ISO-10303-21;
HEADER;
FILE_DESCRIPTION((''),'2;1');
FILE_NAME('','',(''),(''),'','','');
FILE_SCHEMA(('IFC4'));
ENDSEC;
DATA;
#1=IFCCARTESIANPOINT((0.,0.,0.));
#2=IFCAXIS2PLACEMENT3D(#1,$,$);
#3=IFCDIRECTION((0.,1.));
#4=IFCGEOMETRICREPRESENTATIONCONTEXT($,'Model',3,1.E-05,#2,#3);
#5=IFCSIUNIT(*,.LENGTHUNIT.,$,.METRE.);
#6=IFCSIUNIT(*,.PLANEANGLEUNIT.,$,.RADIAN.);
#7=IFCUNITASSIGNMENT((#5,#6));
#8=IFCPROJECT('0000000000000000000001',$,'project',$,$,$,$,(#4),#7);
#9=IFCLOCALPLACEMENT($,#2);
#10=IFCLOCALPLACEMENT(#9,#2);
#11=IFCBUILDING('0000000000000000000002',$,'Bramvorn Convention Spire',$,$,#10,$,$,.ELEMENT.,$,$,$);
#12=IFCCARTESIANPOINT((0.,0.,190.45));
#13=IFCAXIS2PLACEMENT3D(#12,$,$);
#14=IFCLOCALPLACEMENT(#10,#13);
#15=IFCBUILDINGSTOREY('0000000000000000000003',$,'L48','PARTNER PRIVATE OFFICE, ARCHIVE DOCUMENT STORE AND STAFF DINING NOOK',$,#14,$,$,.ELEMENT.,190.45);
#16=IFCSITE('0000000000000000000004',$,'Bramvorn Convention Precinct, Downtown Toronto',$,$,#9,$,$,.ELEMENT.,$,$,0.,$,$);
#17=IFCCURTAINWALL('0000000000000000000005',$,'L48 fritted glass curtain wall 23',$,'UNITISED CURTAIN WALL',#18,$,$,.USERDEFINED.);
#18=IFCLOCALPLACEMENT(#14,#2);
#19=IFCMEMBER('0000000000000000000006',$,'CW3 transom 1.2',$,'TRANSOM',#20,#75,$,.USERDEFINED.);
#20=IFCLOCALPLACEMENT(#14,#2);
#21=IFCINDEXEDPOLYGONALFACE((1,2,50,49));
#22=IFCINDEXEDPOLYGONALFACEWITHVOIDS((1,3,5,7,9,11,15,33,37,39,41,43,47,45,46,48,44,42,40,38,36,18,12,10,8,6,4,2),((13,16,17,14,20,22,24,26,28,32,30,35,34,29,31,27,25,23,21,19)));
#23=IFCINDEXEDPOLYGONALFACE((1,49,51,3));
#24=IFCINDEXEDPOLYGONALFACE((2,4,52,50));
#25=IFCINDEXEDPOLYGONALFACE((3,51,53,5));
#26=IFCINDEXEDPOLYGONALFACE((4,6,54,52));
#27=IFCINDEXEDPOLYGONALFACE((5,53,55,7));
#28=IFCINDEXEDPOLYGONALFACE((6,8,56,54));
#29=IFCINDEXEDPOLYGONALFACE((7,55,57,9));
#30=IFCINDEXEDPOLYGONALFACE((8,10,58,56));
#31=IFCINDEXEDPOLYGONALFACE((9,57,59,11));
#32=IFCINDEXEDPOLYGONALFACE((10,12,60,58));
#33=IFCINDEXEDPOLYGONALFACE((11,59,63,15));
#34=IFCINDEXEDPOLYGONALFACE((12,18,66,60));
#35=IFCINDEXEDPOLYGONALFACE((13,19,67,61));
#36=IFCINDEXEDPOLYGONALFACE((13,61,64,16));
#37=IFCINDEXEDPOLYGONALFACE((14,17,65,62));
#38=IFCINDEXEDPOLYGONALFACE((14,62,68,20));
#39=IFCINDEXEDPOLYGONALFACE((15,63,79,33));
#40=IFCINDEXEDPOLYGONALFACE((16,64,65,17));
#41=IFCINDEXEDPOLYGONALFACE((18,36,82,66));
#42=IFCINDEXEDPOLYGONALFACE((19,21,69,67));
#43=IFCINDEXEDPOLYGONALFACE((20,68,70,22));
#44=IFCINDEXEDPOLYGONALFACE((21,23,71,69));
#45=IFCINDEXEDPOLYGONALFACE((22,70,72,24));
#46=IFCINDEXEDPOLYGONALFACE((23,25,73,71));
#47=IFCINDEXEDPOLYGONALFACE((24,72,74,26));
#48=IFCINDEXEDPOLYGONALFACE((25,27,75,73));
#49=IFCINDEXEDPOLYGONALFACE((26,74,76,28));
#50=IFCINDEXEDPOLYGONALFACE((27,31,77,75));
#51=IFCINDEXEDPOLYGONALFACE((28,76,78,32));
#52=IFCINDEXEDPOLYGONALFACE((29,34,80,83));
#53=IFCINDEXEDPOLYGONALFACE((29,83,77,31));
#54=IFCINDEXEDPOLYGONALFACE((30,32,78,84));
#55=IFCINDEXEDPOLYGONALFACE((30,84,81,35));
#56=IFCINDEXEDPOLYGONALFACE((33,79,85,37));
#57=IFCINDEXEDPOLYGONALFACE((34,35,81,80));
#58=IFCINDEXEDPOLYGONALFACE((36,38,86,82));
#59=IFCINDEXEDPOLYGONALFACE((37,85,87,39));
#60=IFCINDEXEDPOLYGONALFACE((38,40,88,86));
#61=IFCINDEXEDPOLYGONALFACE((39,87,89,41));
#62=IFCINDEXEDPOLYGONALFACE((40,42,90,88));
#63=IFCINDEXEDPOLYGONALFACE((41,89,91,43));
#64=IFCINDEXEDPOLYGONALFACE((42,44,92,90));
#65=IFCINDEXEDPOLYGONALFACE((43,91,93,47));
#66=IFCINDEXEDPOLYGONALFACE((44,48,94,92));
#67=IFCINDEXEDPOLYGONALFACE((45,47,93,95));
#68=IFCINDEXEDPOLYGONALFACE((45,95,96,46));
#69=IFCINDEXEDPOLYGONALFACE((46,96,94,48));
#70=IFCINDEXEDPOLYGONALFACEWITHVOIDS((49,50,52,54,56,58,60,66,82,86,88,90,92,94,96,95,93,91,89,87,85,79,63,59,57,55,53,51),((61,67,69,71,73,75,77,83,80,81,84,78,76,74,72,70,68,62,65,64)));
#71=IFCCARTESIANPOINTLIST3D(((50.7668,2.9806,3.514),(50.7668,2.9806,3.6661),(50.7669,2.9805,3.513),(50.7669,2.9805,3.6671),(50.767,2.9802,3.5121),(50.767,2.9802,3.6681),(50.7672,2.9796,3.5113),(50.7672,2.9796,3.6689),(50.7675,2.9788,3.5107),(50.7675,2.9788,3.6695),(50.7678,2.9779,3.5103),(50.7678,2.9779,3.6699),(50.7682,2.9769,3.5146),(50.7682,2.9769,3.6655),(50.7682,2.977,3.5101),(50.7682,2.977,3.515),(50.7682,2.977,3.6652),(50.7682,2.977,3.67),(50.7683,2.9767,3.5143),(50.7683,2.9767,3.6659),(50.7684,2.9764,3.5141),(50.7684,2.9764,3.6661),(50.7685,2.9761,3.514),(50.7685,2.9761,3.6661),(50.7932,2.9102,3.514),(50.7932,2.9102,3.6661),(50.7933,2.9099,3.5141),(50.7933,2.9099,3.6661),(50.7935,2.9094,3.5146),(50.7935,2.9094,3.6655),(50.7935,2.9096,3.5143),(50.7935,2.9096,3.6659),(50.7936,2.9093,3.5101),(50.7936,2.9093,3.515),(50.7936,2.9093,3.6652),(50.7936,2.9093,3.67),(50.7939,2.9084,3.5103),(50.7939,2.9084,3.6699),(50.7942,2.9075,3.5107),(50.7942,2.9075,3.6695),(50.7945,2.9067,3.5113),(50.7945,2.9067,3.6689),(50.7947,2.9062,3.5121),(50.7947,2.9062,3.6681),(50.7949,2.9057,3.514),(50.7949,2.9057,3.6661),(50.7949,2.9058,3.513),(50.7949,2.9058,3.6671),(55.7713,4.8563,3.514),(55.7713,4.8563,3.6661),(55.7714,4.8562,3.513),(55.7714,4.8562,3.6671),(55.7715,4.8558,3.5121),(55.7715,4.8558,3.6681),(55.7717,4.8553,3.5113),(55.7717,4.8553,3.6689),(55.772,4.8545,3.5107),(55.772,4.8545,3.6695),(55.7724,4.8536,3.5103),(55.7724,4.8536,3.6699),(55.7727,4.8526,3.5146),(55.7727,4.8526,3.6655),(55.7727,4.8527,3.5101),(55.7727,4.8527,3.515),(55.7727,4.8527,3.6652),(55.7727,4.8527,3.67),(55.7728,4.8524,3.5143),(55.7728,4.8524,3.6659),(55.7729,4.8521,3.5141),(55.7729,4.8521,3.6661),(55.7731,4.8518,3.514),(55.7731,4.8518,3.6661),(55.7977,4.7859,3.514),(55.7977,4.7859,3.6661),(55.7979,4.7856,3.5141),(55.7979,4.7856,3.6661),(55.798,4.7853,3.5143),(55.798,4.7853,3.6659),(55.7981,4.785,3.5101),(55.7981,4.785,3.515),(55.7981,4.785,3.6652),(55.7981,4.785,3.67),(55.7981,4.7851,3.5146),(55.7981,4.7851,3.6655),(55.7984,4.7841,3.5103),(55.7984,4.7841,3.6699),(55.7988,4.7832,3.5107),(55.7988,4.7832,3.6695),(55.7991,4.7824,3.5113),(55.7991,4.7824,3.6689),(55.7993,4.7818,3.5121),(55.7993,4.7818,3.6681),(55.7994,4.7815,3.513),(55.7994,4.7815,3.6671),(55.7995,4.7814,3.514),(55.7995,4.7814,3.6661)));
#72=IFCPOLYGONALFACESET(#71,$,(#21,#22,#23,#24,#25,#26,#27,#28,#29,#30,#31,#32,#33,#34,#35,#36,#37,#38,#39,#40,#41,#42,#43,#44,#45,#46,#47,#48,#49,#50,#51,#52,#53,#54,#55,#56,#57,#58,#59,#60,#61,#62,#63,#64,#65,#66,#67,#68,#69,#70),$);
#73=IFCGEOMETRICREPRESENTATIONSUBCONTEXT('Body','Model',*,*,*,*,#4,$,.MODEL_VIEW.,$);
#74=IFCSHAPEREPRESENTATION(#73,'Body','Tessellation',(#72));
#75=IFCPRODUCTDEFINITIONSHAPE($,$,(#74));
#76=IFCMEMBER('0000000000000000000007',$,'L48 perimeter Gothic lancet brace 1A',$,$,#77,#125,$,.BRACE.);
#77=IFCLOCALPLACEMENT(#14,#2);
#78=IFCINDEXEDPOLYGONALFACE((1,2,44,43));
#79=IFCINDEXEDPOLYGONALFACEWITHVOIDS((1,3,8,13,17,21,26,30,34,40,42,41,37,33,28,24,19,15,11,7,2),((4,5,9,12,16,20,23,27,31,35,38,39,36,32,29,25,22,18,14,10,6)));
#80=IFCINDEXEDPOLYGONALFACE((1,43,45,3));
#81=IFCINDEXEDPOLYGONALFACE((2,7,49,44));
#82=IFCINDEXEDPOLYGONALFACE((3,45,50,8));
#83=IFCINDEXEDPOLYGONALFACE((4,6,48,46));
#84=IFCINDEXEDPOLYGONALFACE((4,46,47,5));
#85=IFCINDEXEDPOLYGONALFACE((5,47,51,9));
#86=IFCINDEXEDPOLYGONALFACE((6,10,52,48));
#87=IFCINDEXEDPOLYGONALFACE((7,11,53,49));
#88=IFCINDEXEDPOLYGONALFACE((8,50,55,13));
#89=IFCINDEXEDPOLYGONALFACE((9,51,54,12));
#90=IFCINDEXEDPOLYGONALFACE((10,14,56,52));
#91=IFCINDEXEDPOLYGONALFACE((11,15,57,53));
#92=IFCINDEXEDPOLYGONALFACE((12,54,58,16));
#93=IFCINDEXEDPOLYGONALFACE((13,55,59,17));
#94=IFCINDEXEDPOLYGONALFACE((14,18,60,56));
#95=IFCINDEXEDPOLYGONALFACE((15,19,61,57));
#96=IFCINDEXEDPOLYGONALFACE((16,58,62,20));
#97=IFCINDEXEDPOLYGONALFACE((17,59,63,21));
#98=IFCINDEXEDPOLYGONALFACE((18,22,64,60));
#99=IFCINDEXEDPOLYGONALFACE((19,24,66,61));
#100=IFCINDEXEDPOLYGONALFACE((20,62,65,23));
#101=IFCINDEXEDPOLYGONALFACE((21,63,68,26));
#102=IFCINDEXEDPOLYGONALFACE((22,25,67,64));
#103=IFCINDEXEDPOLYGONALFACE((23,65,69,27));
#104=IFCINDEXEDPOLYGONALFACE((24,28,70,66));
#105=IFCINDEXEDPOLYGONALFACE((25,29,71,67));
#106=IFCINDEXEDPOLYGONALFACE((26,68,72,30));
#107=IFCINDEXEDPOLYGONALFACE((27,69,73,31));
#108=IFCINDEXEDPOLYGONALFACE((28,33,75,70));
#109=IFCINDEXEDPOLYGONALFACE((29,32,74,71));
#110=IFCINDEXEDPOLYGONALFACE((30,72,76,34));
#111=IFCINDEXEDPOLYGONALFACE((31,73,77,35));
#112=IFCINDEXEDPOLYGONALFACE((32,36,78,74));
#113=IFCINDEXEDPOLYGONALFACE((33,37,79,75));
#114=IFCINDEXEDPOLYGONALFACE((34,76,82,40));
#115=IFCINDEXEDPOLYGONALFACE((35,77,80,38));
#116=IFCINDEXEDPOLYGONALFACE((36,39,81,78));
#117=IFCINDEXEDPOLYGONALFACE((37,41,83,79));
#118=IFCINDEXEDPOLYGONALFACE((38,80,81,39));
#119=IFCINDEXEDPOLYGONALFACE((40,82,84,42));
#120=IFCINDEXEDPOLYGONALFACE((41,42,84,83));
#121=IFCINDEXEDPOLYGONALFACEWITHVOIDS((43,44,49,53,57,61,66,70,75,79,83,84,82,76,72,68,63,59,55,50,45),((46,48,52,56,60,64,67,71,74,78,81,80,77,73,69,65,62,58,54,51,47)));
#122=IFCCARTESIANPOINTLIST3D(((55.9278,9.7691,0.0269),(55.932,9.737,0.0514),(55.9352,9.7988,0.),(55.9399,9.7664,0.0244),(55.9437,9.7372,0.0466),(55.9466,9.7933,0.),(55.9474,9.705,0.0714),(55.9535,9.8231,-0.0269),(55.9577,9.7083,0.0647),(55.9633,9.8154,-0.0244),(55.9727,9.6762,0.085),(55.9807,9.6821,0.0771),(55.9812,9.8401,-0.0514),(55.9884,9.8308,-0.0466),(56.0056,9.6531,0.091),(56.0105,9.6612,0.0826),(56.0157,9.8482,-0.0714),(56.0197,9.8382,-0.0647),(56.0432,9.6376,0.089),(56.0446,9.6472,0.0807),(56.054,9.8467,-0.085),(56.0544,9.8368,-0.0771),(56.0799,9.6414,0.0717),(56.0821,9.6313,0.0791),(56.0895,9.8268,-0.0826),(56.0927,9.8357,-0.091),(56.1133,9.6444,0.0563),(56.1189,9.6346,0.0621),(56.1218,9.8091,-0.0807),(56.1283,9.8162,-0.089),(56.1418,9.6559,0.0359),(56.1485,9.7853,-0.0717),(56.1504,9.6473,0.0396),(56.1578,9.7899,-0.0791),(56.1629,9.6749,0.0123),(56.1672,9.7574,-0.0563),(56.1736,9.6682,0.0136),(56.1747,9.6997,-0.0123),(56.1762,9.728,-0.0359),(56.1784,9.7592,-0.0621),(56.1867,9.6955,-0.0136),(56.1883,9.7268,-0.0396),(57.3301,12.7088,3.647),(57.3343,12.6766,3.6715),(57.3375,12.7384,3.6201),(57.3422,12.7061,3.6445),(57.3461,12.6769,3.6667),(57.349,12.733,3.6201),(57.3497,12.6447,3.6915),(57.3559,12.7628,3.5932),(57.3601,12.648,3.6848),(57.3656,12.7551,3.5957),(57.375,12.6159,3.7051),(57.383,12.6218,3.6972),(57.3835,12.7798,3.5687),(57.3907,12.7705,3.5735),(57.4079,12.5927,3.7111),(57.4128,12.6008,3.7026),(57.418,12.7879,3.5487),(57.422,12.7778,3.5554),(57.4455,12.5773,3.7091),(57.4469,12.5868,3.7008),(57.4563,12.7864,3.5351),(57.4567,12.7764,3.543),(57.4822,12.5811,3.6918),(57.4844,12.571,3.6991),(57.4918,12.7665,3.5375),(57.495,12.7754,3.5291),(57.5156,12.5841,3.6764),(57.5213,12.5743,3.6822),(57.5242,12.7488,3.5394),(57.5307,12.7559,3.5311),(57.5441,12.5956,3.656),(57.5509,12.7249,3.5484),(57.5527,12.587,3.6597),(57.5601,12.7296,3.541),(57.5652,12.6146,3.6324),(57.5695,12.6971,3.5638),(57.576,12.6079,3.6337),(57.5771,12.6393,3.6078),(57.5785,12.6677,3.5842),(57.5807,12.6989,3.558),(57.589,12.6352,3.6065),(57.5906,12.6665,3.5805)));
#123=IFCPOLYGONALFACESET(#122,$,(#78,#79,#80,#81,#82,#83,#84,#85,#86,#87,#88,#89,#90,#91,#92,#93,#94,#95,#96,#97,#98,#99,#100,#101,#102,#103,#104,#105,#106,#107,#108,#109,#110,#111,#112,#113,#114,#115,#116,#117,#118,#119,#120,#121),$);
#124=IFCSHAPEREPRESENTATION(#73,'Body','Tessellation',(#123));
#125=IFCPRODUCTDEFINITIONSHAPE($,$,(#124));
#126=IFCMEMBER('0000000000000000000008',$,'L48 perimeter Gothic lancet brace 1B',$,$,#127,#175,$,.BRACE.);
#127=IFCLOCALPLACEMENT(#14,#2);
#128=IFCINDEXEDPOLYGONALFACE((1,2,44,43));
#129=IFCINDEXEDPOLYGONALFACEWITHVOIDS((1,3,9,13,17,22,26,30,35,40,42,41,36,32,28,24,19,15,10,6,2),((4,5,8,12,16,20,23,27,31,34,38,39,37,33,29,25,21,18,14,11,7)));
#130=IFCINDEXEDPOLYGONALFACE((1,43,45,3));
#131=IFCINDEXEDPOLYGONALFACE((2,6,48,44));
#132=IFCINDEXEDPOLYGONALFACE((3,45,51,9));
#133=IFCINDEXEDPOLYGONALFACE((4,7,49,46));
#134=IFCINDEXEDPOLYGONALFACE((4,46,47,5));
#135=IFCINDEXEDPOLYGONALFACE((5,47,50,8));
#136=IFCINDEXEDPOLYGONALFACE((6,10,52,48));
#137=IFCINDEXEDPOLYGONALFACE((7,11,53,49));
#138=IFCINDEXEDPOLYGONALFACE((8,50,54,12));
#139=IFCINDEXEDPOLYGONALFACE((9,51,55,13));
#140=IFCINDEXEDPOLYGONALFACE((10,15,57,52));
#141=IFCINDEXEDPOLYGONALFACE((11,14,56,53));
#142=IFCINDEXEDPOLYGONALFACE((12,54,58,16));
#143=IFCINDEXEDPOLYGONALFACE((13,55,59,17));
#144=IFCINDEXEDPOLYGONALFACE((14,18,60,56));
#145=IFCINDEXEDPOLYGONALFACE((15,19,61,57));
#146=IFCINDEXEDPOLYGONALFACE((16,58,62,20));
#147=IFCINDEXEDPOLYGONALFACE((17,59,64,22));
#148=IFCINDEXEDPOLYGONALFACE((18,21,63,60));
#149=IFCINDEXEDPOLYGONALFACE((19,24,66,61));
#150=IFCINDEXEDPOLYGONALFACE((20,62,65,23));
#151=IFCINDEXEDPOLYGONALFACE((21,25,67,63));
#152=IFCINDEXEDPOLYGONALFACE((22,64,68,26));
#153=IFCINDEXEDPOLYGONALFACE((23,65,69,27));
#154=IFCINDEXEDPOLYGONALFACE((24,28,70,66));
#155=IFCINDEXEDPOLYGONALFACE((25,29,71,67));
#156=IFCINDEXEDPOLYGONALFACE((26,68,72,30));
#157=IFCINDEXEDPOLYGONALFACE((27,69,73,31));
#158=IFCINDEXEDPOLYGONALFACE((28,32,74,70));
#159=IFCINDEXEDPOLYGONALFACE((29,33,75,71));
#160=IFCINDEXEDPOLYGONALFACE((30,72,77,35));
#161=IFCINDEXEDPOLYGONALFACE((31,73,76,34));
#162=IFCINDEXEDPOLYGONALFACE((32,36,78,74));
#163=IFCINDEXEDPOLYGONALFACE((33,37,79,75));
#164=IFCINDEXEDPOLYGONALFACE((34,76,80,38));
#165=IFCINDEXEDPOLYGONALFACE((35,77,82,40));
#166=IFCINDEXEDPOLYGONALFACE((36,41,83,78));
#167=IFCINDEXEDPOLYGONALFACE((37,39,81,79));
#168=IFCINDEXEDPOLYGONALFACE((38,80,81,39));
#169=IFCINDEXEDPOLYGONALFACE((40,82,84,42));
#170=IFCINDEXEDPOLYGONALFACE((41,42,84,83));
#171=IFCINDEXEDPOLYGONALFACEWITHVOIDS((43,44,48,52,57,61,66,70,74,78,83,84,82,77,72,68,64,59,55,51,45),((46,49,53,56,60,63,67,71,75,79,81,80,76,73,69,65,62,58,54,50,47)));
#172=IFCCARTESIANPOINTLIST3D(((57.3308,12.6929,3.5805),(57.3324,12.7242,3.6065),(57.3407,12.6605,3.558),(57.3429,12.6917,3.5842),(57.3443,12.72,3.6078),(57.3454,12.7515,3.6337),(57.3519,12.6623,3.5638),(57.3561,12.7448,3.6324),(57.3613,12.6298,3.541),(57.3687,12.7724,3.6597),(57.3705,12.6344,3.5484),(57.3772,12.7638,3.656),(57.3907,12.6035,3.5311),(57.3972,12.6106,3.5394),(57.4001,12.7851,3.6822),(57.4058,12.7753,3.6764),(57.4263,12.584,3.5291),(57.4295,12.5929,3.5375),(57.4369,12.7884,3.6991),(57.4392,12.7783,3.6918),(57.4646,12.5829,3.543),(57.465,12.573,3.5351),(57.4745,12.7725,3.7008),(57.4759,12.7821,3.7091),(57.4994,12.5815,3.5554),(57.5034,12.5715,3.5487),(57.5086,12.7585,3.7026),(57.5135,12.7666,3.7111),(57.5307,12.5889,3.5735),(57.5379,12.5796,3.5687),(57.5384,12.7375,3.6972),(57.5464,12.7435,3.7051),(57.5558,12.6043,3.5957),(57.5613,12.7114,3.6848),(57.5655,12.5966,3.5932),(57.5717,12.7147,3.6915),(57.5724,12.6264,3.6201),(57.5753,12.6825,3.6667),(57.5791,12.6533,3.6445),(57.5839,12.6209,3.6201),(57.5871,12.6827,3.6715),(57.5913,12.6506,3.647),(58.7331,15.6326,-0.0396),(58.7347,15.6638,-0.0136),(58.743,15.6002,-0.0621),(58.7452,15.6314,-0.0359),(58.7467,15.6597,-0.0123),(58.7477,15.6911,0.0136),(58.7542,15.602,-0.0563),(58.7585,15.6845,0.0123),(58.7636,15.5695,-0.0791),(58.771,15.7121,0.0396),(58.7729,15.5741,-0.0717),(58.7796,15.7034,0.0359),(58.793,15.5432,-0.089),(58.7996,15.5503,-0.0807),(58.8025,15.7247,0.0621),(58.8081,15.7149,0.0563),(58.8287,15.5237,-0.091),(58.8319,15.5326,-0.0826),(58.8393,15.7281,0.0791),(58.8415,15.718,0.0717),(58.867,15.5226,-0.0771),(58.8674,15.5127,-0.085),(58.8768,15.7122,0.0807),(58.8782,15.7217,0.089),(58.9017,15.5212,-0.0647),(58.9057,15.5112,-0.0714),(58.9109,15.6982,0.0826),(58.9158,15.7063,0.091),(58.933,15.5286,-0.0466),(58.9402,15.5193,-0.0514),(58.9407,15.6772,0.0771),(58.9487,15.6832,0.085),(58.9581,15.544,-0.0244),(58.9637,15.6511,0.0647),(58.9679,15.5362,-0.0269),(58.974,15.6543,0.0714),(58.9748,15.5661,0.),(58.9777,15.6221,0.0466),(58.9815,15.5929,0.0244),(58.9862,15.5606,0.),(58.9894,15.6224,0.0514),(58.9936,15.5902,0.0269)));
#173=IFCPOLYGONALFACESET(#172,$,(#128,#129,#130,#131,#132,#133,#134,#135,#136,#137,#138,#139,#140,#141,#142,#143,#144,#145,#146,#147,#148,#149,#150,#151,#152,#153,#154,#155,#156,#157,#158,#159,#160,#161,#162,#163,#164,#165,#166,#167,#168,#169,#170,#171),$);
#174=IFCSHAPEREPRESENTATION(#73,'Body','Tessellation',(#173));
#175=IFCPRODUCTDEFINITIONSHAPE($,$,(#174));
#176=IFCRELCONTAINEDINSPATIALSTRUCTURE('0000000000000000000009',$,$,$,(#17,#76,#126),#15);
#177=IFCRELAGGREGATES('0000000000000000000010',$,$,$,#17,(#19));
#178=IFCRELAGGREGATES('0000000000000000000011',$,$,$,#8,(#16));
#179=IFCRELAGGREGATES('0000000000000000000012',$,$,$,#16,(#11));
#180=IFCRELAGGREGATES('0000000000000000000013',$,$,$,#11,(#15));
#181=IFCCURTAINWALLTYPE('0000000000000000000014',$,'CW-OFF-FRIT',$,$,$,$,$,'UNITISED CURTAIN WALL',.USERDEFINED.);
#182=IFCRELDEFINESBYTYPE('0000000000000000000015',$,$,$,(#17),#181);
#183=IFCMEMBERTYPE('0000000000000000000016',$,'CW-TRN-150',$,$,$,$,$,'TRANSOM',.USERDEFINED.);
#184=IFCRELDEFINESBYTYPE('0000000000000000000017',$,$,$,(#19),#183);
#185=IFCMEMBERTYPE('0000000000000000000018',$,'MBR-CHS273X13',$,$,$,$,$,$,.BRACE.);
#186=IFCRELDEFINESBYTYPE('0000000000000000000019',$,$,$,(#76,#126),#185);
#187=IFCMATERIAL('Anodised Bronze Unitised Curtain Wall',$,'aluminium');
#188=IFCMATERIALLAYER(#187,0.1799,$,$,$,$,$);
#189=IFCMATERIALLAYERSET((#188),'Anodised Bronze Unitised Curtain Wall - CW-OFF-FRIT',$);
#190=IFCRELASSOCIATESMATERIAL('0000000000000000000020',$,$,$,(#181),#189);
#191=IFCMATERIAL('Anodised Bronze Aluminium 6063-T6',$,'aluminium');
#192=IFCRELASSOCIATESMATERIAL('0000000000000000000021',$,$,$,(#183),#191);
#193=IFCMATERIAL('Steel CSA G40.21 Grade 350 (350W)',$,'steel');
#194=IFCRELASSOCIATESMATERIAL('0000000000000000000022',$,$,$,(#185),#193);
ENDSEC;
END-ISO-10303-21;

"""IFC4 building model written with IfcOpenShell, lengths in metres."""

from ifc_helpers import new_model, si_unit, direction, frame, origin, origin_2d, place, context, subcontext, project, spatial, hollow_rectangle, hollow_circle, extrude, material, layer, layer_set, material_profile, profile_set, type_object, element, aggregate, save


model = new_model("IFC4")

# Units and contexts
model_context = context("Model", 3, precision=1e-05, world=origin(), true_north=direction((0.0, 1.0)))
body_context = subcontext(model_context, "Body", "Model", "MODEL_VIEW")
ifc_project = project(units=[si_unit("LENGTHUNIT", "METRE"), si_unit("PLANEANGLEUNIT", "RADIAN")], contexts=[model_context])

# Site, building, storey
site_placement = place(None, origin())
site = spatial("IfcSite", under=ifc_project, at=site_placement, Name="Bramvorn Convention Precinct, Downtown Toronto", CompositionType="ELEMENT", RefElevation=0.0)
building_placement = place(site_placement, origin())
building = spatial("IfcBuilding", under=site, at=building_placement, Name="Bramvorn Convention Spire", CompositionType="ELEMENT")
storey_placement = place(building_placement, frame((0.0, 0.0, 190.45)))
storey = spatial("IfcBuildingStorey", under=building, at=storey_placement, Name="L48", Description="PARTNER PRIVATE OFFICE, ARCHIVE DOCUMENT STORE AND STAFF DINING NOOK", CompositionType="ELEMENT", Elevation=190.45)

# Shared definitions
ifc_material_1 = material(Name="Steel CSA G40.21 Grade 350 (350W)", Category="steel")

# Shared definitions
ifc_material_2 = material(Name="Anodised Bronze Unitised Curtain Wall", Category="aluminium")
ifc_layer_1 = layer(ifc_material_2, 0.1799)
ifc_layer_set_1 = layer_set([ifc_layer_1], Name="Anodised Bronze Unitised Curtain Wall - CW-OFF-FRIT")
curtain_wall_type = type_object("IfcCurtainWallType", Name="CW-OFF-FRIT", ElementType="UNITISED CURTAIN WALL", PredefinedType="USERDEFINED", material=ifc_layer_set_1)
ifc_material_3 = material(Name="Anodised Bronze Aluminium 6063-T6", Category="aluminium")

# Curtain wall
curtain_wall_1_placement = place(storey_placement, origin())
curtain_wall_1 = element("IfcCurtainWall", 1, at=curtain_wall_1_placement, inside=storey, type_object=curtain_wall_type, Name="L48 fritted glass curtain wall 23", ObjectType="UNITISED CURTAIN WALL", PredefinedType="USERDEFINED")

# Member
ifc_material_profile_1 = material_profile(ifc_material_3, hollow_rectangle(XDim=0.0801, YDim=0.1599, WallThickness=0.0039, InnerFilletRadius=0.001, OuterFilletRadius=0.0039, at=origin_2d()))
ifc_profile_set_1 = profile_set([ifc_material_profile_1], Name="Anodised Bronze Aluminium 6063-T6 - CWT80X160")
member_type_1 = type_object("IfcMemberType", Name="CW-TRN-150", ElementType="TRANSOM", PredefinedType="USERDEFINED", material=ifc_profile_set_1)
member_1_placement = place(storey_placement, frame((55.7854, 4.8188, 3.5901), z_axis=(-0.936391, -0.350958, 0.0), x_axis=(0.350958, -0.936391, 0.0)))
member_1 = element("IfcMember", 2, at=member_1_placement, type_object=member_type_1, Name="CW3 transom 1.2", ObjectType="TRANSOM", PredefinedType="USERDEFINED", context=body_context, shape_type="SweptSolid", body=[
    extrude(hollow_rectangle(XDim=0.0801, YDim=0.1599, WallThickness=0.0039, InnerFilletRadius=0.001, OuterFilletRadius=0.0039, at=origin_2d()), origin(), (0.0, 0.0, 1.0), 5.3445),
])

# Members
ifc_material_profile_2 = material_profile(ifc_material_1, hollow_circle(Radius=0.1365, WallThickness=0.0127, at=origin_2d()))
ifc_profile_set_2 = profile_set([ifc_material_profile_2], Name="Steel CSA G40.21 Grade 350 (350W) - CHS273X13")
member_type_2 = type_object("IfcMemberType", Name="MBR-CHS273X13", PredefinedType="BRACE", material=ifc_profile_set_2)
for number, where, z_axis, x_axis, name in (
    (3, (56.0583, 9.74, 0.0), (0.287975, 0.603675, 0.743402), (-0.902564, 0.430556, 0.0), "L48 perimeter Gothic lancet brace 1A"),
    (4, (58.863, 15.6194, 0.0), (-0.287975, -0.603675, 0.743402), (0.902564, -0.430556, 0.0), "L48 perimeter Gothic lancet brace 1B"),
):
    element("IfcMember", number, at=place(storey_placement, frame(where, z_axis=z_axis, x_axis=x_axis)), inside=storey, type_object=member_type_2, Name=name, PredefinedType="BRACE", context=body_context, shape_type="SweptSolid", body=[
        extrude(hollow_circle(Radius=0.1365, WallThickness=0.0127, at=origin_2d()), origin(), (0.0, 0.0, 1.0), 4.8696),
    ])

aggregate(curtain_wall_1, [member_1])

save(model, "model.ifc")
